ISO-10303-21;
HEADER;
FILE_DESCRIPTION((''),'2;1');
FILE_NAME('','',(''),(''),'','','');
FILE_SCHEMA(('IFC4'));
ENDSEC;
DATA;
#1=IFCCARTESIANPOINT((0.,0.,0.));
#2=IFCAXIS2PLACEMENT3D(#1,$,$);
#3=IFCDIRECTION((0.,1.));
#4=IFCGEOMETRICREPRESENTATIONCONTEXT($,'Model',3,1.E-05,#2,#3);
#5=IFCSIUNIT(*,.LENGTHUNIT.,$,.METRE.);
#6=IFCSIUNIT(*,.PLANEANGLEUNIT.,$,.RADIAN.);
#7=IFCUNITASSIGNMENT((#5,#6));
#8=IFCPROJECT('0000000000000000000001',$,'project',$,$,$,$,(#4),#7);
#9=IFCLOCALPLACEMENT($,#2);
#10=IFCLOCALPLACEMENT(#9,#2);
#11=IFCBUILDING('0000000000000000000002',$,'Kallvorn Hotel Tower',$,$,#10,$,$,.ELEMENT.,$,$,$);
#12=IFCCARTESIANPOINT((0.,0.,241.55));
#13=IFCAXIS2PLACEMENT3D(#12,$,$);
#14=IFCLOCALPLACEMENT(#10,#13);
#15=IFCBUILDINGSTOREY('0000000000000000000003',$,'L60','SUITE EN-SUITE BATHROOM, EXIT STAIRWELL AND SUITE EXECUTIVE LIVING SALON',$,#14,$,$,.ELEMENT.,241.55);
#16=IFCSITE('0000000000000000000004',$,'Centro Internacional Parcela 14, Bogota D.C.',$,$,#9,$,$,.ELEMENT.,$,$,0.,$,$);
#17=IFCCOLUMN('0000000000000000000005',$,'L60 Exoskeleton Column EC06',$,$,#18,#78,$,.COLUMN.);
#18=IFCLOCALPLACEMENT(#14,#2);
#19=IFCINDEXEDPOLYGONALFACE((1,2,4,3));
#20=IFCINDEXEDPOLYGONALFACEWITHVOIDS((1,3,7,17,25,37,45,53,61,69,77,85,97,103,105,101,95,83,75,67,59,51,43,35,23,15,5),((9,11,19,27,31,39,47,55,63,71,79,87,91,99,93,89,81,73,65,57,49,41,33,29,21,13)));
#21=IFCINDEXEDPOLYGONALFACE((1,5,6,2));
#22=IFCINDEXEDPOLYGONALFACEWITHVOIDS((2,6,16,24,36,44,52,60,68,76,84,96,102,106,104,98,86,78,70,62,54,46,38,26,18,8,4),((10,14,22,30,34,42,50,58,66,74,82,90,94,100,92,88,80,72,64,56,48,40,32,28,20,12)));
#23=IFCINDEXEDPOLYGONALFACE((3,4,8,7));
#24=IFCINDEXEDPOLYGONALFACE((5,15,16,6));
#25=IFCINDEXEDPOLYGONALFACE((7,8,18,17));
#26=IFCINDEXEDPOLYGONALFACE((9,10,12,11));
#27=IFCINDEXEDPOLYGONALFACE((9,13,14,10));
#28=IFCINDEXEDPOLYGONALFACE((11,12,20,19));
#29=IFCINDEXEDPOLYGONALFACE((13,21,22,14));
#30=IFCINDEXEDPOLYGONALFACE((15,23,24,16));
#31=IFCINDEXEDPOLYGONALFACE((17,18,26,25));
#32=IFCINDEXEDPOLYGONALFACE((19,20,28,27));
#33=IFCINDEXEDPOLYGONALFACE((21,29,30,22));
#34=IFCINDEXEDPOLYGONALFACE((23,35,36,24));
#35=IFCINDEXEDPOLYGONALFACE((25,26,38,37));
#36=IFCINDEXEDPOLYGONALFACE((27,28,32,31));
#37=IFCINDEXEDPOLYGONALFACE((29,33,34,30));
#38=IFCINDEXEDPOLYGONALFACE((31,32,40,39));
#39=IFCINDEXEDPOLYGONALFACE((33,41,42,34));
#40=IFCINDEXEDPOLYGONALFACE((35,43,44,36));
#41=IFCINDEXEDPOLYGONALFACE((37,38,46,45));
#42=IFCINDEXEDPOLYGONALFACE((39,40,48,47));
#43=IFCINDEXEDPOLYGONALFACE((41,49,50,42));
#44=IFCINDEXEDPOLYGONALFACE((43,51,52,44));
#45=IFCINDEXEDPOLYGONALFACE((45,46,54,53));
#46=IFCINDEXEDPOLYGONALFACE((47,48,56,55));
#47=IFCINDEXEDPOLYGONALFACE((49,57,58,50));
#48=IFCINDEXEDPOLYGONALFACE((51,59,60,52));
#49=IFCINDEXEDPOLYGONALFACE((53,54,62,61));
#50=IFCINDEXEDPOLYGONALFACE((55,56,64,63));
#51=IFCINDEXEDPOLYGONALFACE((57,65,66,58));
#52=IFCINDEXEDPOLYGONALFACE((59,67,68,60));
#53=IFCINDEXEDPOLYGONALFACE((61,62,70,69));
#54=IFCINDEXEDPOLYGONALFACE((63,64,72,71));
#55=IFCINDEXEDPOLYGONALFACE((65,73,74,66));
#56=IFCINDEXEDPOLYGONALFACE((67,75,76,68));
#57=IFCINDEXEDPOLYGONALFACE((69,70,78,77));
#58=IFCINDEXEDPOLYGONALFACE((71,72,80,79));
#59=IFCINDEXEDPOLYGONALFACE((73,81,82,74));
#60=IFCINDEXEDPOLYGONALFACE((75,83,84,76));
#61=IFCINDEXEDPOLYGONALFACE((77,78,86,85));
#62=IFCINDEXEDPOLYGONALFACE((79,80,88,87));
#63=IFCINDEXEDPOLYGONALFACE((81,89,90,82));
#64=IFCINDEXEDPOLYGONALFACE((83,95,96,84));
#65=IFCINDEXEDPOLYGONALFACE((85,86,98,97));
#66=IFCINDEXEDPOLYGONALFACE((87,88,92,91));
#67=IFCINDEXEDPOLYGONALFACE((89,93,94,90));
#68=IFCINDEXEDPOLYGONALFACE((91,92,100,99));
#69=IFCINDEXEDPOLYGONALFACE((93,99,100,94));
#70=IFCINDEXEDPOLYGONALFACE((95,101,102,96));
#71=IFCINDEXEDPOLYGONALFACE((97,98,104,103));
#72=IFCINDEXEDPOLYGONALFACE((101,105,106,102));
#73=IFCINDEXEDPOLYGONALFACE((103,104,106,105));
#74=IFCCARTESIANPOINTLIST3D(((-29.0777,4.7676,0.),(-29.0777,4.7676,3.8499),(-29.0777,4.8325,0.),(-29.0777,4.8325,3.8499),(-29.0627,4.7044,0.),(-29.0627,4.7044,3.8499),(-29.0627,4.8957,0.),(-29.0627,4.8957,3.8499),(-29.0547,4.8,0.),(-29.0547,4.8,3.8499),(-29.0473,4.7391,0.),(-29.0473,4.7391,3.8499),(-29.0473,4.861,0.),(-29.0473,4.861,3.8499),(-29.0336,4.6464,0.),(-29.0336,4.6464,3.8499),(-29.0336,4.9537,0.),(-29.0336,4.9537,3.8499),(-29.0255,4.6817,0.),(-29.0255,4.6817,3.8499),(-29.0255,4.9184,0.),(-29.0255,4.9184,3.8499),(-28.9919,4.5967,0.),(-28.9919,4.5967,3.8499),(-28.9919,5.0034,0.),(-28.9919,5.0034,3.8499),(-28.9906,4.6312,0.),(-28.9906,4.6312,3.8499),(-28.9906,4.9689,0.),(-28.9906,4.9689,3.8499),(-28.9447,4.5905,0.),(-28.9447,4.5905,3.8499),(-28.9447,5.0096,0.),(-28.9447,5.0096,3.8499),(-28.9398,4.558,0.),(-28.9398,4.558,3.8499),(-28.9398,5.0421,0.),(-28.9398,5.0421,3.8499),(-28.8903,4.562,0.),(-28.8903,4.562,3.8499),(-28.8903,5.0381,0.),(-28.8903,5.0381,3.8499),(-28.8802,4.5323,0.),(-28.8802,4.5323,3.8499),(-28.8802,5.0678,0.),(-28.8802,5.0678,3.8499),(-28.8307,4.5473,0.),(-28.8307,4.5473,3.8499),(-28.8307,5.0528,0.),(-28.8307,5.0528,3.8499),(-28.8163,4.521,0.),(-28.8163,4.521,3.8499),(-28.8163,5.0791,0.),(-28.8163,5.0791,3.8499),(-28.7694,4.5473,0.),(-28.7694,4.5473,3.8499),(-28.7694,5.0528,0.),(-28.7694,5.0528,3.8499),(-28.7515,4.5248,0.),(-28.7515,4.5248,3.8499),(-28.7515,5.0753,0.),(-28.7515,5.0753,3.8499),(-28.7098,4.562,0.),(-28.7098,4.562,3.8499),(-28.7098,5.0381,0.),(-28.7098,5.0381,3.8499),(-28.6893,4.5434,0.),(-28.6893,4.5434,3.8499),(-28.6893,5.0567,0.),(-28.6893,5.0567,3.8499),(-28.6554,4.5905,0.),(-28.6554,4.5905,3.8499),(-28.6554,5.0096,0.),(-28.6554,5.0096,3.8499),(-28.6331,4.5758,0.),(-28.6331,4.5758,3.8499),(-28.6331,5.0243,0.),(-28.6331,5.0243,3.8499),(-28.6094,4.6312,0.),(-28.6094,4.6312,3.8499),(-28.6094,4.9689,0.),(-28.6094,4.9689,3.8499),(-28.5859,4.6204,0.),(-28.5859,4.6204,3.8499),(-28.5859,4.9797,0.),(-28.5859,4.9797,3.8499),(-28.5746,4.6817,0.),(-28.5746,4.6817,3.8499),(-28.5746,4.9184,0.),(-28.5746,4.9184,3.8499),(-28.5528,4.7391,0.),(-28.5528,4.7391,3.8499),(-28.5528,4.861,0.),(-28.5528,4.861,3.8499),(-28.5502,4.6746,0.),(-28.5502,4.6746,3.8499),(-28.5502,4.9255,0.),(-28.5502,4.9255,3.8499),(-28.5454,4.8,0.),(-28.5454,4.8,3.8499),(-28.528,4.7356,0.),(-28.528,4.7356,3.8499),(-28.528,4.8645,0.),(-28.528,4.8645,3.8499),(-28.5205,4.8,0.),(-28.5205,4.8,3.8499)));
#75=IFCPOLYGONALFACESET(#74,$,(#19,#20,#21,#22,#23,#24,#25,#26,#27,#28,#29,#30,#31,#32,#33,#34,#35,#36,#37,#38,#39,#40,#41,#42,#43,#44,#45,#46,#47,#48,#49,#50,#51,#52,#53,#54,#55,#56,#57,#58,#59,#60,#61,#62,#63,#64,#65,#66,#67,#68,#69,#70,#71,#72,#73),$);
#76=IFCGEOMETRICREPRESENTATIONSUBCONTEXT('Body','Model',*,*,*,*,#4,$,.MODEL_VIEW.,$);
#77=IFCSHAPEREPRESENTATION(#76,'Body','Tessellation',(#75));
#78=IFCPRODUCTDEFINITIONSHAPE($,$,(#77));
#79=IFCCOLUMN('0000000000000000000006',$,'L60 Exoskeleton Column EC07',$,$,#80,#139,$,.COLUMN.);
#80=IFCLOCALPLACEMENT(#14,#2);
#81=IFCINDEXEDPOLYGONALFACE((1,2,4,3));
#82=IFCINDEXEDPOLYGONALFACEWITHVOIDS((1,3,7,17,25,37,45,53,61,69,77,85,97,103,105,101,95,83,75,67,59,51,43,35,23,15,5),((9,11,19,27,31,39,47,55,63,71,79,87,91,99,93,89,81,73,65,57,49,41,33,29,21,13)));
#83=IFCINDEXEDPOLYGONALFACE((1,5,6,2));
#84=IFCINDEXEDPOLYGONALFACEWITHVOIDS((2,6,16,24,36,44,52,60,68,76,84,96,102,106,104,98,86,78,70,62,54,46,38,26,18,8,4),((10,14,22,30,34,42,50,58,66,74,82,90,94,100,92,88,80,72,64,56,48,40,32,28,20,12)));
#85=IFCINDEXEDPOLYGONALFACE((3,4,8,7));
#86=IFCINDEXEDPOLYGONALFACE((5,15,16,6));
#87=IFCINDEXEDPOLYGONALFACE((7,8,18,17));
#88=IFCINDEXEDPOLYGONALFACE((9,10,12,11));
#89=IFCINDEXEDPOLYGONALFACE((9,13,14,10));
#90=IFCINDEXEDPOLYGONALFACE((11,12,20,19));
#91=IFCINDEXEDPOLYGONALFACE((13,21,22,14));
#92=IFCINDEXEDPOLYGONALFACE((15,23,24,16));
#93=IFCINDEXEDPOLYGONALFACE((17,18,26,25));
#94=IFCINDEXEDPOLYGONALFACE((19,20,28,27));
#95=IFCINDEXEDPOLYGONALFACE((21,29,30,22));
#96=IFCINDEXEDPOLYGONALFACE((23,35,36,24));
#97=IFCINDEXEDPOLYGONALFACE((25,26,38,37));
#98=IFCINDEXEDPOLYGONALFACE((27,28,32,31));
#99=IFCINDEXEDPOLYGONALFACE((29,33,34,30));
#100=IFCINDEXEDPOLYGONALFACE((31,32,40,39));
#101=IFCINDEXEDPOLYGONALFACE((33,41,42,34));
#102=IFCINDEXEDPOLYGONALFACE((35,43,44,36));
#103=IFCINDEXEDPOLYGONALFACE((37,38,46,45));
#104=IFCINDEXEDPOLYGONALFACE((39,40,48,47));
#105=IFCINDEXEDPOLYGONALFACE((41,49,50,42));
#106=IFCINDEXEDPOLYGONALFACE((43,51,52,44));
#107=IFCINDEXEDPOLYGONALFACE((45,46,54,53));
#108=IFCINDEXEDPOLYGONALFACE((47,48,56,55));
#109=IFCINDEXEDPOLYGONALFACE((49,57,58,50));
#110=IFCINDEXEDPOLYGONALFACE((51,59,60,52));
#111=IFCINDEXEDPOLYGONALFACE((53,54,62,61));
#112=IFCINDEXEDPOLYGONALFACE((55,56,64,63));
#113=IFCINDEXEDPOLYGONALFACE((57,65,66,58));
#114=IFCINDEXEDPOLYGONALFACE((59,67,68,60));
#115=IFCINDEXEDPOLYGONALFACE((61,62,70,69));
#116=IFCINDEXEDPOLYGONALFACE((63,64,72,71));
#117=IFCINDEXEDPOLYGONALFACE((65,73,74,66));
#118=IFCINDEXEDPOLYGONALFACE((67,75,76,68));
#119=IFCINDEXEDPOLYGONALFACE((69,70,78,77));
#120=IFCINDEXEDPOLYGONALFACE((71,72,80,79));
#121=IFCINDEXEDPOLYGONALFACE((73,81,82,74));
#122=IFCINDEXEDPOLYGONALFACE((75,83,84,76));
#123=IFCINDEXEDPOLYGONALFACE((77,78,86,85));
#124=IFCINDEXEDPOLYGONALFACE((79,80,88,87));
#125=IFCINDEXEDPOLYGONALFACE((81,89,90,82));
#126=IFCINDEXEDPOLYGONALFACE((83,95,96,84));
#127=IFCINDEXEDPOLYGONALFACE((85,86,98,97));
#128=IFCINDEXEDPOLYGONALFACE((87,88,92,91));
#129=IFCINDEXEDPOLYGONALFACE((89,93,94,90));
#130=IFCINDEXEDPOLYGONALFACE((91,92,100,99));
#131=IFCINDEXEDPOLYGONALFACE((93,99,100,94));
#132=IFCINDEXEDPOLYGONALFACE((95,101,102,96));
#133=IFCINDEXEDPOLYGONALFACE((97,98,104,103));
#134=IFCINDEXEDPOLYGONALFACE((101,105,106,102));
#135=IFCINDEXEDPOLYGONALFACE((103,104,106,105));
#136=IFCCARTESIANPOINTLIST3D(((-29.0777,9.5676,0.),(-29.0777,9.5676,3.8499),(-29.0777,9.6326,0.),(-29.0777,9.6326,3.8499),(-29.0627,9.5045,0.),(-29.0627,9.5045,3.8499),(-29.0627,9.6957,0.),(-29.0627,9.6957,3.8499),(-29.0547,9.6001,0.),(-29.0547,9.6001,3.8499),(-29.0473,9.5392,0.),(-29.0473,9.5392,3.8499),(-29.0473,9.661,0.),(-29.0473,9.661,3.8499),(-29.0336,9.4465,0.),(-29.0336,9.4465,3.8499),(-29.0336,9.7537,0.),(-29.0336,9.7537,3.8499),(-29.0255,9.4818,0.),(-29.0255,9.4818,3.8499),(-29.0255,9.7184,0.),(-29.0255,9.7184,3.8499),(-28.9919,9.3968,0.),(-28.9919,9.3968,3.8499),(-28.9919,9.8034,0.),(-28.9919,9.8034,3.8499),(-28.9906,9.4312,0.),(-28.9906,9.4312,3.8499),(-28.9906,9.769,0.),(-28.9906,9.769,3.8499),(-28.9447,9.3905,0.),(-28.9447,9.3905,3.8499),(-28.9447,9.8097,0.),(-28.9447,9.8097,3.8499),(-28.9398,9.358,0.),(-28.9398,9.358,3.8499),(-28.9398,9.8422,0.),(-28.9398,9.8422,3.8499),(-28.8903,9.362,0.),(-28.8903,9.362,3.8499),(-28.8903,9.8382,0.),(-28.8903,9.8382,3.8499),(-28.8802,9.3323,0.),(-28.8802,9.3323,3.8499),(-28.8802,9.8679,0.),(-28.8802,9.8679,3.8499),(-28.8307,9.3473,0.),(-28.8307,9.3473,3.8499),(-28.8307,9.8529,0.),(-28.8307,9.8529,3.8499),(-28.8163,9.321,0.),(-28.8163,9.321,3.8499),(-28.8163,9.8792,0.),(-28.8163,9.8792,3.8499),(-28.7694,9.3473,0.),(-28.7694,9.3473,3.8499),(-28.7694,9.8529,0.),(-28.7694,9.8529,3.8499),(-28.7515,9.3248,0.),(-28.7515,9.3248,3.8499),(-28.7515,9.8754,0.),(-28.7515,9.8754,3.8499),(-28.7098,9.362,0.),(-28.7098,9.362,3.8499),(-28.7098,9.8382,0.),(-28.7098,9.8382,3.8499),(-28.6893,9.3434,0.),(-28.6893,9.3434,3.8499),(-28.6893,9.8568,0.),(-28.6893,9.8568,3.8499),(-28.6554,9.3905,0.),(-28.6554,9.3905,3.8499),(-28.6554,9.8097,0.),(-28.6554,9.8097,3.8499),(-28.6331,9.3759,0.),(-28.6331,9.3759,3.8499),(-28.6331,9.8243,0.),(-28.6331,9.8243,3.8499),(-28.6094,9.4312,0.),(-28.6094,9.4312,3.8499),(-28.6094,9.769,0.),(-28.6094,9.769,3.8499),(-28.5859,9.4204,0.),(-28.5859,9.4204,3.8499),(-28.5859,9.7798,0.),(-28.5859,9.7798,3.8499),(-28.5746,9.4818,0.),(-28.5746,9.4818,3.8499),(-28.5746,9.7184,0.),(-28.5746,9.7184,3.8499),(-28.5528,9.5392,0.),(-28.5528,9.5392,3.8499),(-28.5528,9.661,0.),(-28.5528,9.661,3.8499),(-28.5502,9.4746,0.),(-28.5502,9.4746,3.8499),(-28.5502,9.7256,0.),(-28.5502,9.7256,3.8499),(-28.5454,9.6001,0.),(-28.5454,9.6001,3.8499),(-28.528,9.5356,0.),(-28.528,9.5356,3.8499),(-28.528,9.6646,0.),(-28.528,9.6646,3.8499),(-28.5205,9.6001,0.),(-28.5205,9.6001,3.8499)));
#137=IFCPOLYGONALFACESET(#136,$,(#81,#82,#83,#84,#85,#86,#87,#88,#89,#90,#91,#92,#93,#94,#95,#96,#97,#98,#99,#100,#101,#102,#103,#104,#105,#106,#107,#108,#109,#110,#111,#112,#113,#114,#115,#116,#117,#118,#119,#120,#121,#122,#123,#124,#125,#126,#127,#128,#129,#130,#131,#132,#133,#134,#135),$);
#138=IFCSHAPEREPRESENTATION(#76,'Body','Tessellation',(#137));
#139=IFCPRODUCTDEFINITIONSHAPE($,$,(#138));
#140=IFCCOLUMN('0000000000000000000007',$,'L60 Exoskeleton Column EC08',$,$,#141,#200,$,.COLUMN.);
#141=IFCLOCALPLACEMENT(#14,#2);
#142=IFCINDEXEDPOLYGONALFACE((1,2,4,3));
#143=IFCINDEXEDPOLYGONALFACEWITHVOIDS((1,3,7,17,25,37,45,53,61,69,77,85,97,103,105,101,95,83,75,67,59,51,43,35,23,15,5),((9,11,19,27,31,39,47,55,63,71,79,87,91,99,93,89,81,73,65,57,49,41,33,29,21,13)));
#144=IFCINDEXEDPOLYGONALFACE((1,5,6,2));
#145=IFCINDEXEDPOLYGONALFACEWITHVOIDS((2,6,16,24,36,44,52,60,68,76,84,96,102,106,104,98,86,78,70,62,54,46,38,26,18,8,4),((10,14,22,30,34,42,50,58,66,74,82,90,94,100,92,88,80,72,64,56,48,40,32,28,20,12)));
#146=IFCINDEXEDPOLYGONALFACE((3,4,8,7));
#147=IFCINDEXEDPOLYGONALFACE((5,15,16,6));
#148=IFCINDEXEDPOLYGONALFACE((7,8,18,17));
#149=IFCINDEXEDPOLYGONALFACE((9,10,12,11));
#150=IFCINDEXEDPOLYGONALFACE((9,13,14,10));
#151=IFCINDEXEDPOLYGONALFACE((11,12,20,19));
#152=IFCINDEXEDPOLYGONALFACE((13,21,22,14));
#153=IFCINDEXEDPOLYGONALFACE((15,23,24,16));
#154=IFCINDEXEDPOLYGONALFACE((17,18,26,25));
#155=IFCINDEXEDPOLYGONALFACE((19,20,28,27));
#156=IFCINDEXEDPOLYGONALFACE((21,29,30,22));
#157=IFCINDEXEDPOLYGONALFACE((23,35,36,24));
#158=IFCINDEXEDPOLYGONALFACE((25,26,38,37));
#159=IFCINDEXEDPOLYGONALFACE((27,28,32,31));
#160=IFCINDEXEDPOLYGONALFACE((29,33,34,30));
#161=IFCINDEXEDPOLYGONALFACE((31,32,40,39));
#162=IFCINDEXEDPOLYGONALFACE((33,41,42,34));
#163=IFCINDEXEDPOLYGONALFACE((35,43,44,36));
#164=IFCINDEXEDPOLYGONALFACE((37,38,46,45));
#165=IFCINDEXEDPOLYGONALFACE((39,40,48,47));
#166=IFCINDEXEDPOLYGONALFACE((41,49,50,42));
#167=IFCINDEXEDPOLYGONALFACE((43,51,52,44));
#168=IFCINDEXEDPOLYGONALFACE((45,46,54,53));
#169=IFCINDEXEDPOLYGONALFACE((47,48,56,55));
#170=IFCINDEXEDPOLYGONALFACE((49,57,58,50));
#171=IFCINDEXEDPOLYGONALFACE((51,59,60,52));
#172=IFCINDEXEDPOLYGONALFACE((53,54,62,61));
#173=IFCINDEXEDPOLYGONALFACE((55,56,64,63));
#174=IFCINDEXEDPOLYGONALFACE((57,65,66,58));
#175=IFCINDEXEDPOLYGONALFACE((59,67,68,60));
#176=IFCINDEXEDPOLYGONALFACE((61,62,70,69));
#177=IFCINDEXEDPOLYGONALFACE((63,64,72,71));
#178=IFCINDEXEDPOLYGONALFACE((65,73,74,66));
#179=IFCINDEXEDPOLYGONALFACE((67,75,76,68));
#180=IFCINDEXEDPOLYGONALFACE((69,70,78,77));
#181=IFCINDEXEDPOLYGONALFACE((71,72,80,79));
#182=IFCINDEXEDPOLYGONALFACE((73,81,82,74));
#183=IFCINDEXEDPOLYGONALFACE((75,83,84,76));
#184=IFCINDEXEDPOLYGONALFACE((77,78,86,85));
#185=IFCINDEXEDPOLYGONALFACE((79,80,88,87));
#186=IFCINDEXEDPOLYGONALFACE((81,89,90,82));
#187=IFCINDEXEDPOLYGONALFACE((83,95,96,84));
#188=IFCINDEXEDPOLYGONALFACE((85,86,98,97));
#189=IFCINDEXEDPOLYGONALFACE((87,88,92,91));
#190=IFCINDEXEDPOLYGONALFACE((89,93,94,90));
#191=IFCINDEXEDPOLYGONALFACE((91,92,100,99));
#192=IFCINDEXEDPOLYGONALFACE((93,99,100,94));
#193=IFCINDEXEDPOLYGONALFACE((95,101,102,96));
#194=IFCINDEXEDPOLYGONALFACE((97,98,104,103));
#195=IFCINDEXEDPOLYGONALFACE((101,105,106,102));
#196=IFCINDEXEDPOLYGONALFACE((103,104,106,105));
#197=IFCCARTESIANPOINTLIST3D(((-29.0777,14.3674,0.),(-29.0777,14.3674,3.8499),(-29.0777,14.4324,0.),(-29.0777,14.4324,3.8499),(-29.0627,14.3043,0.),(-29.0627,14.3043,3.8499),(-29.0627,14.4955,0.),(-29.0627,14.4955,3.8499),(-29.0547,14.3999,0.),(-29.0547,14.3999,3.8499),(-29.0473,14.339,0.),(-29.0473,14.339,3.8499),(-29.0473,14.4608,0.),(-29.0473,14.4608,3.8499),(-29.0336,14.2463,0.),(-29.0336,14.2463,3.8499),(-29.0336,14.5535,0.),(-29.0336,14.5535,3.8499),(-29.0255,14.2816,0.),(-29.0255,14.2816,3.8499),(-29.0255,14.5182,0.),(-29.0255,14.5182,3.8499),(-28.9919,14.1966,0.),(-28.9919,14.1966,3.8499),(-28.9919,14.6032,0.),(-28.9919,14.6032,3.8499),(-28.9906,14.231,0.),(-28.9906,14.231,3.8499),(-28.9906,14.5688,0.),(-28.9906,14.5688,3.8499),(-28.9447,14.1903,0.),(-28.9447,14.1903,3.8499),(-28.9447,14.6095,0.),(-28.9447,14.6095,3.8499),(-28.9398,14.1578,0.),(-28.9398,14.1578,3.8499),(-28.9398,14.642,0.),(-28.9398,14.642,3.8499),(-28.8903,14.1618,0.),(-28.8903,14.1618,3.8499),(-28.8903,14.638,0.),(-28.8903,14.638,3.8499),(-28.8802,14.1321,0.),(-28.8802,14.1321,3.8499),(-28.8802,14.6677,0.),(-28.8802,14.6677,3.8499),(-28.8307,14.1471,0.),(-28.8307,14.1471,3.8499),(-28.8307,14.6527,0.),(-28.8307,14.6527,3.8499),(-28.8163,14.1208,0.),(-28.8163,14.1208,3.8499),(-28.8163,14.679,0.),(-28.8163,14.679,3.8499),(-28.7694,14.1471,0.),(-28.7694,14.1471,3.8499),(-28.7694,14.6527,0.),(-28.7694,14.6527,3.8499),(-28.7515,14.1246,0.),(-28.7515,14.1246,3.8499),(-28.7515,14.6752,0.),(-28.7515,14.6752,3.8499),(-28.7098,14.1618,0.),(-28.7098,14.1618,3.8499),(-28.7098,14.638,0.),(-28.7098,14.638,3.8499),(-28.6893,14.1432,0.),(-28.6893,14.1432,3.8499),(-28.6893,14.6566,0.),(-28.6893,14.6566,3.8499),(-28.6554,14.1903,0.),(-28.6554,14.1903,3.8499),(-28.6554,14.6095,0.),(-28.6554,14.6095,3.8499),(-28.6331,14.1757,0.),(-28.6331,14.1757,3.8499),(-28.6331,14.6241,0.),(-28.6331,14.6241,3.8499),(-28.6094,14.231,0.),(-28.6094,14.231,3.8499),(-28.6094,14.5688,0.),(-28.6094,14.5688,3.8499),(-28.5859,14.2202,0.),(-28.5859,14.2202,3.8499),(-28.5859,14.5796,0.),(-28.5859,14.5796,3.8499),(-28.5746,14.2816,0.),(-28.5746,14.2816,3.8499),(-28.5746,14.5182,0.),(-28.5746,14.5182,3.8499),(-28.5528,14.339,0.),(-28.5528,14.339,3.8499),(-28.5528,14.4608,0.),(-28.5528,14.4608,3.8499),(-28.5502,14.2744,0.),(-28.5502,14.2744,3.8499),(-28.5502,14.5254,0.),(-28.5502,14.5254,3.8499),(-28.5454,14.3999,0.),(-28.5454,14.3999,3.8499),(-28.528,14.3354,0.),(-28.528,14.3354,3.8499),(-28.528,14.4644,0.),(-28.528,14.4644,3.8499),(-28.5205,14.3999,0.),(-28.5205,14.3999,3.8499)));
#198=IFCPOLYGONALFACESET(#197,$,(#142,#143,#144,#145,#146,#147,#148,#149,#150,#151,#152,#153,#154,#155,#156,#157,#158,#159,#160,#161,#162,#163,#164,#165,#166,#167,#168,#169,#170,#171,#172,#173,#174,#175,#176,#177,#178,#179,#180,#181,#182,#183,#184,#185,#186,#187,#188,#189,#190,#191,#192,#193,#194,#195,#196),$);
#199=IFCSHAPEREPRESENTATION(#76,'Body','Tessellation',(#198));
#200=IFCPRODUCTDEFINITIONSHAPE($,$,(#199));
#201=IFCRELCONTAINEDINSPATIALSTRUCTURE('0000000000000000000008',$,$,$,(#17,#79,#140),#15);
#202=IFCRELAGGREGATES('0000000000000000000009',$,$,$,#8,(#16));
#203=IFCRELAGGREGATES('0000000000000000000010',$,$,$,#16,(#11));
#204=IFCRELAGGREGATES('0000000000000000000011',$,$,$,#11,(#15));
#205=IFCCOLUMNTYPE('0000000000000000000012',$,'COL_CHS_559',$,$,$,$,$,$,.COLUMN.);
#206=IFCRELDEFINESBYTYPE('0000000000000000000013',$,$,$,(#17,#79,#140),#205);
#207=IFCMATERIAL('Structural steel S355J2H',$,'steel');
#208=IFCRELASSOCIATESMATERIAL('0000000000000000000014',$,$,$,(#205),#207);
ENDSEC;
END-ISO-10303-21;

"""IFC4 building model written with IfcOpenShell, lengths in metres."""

from ifc_helpers import new_model, si_unit, direction, frame, origin, origin_2d, place, context, subcontext, project, spatial, hollow_circle, extrude, material, material_profile, profile_set, type_object, element, save


model = new_model("IFC4")

# Units and contexts
model_context = context("Model", 3, precision=1e-05, world=origin(), true_north=direction((0.0, 1.0)))
body_context = subcontext(model_context, "Body", "Model", "MODEL_VIEW")
ifc_project = project(units=[si_unit("LENGTHUNIT", "METRE"), si_unit("PLANEANGLEUNIT", "RADIAN")], contexts=[model_context])

# Site, building, storey
site_placement = place(None, origin())
site = spatial("IfcSite", under=ifc_project, at=site_placement, Name="Centro Internacional Parcela 14, Bogota D.C.", CompositionType="ELEMENT", RefElevation=0.0)
building_placement = place(site_placement, origin())
building = spatial("IfcBuilding", under=site, at=building_placement, Name="Kallvorn Hotel Tower", CompositionType="ELEMENT")
storey_placement = place(building_placement, frame((0.0, 0.0, 241.55)))
storey = spatial("IfcBuildingStorey", under=building, at=storey_placement, Name="L60", Description="SUITE EN-SUITE BATHROOM, EXIT STAIRWELL AND SUITE EXECUTIVE LIVING SALON", CompositionType="ELEMENT", Elevation=241.55)

# Columns
ifc_material_1 = material(Name="Structural steel S355J2H", Category="steel")
ifc_material_profile_1 = material_profile(ifc_material_1, hollow_circle(Radius=0.2795, WallThickness=0.0249, at=origin_2d()), Name="CHS 559x25")
ifc_profile_set_1 = profile_set([ifc_material_profile_1], Name="Structural steel S355J2H")
column_type_1 = type_object("IfcColumnType", Name="COL_CHS_559", PredefinedType="COLUMN", material=ifc_profile_set_1)
for number, where, z_axis, x_axis, name in (
    (1, (-28.8, 4.8, 0.0), (0.0, 0.0, 1.0), (1.0, 0.0, 0.0), "L60 Exoskeleton Column EC06"),
    (2, (-28.8, 9.6001, 0.0), (0.0, 0.0, 1.0), (1.0, 0.0, 0.0), "L60 Exoskeleton Column EC07"),
    (3, (-28.8, 14.3999, 0.0), (0.0, 0.0, 1.0), (1.0, 0.0, 0.0), "L60 Exoskeleton Column EC08"),
):
    element("IfcColumn", number, at=place(storey_placement, frame(where, z_axis=z_axis, x_axis=x_axis)), inside=storey, type_object=column_type_1, Name=name, PredefinedType="COLUMN", context=body_context, shape_type="SweptSolid", body=[
        extrude(hollow_circle(Radius=0.2795, WallThickness=0.0249, at=origin_2d()), origin(), (0.0, 0.0, 1.0), 3.8499),
    ])

save(model, "model.ifc")
